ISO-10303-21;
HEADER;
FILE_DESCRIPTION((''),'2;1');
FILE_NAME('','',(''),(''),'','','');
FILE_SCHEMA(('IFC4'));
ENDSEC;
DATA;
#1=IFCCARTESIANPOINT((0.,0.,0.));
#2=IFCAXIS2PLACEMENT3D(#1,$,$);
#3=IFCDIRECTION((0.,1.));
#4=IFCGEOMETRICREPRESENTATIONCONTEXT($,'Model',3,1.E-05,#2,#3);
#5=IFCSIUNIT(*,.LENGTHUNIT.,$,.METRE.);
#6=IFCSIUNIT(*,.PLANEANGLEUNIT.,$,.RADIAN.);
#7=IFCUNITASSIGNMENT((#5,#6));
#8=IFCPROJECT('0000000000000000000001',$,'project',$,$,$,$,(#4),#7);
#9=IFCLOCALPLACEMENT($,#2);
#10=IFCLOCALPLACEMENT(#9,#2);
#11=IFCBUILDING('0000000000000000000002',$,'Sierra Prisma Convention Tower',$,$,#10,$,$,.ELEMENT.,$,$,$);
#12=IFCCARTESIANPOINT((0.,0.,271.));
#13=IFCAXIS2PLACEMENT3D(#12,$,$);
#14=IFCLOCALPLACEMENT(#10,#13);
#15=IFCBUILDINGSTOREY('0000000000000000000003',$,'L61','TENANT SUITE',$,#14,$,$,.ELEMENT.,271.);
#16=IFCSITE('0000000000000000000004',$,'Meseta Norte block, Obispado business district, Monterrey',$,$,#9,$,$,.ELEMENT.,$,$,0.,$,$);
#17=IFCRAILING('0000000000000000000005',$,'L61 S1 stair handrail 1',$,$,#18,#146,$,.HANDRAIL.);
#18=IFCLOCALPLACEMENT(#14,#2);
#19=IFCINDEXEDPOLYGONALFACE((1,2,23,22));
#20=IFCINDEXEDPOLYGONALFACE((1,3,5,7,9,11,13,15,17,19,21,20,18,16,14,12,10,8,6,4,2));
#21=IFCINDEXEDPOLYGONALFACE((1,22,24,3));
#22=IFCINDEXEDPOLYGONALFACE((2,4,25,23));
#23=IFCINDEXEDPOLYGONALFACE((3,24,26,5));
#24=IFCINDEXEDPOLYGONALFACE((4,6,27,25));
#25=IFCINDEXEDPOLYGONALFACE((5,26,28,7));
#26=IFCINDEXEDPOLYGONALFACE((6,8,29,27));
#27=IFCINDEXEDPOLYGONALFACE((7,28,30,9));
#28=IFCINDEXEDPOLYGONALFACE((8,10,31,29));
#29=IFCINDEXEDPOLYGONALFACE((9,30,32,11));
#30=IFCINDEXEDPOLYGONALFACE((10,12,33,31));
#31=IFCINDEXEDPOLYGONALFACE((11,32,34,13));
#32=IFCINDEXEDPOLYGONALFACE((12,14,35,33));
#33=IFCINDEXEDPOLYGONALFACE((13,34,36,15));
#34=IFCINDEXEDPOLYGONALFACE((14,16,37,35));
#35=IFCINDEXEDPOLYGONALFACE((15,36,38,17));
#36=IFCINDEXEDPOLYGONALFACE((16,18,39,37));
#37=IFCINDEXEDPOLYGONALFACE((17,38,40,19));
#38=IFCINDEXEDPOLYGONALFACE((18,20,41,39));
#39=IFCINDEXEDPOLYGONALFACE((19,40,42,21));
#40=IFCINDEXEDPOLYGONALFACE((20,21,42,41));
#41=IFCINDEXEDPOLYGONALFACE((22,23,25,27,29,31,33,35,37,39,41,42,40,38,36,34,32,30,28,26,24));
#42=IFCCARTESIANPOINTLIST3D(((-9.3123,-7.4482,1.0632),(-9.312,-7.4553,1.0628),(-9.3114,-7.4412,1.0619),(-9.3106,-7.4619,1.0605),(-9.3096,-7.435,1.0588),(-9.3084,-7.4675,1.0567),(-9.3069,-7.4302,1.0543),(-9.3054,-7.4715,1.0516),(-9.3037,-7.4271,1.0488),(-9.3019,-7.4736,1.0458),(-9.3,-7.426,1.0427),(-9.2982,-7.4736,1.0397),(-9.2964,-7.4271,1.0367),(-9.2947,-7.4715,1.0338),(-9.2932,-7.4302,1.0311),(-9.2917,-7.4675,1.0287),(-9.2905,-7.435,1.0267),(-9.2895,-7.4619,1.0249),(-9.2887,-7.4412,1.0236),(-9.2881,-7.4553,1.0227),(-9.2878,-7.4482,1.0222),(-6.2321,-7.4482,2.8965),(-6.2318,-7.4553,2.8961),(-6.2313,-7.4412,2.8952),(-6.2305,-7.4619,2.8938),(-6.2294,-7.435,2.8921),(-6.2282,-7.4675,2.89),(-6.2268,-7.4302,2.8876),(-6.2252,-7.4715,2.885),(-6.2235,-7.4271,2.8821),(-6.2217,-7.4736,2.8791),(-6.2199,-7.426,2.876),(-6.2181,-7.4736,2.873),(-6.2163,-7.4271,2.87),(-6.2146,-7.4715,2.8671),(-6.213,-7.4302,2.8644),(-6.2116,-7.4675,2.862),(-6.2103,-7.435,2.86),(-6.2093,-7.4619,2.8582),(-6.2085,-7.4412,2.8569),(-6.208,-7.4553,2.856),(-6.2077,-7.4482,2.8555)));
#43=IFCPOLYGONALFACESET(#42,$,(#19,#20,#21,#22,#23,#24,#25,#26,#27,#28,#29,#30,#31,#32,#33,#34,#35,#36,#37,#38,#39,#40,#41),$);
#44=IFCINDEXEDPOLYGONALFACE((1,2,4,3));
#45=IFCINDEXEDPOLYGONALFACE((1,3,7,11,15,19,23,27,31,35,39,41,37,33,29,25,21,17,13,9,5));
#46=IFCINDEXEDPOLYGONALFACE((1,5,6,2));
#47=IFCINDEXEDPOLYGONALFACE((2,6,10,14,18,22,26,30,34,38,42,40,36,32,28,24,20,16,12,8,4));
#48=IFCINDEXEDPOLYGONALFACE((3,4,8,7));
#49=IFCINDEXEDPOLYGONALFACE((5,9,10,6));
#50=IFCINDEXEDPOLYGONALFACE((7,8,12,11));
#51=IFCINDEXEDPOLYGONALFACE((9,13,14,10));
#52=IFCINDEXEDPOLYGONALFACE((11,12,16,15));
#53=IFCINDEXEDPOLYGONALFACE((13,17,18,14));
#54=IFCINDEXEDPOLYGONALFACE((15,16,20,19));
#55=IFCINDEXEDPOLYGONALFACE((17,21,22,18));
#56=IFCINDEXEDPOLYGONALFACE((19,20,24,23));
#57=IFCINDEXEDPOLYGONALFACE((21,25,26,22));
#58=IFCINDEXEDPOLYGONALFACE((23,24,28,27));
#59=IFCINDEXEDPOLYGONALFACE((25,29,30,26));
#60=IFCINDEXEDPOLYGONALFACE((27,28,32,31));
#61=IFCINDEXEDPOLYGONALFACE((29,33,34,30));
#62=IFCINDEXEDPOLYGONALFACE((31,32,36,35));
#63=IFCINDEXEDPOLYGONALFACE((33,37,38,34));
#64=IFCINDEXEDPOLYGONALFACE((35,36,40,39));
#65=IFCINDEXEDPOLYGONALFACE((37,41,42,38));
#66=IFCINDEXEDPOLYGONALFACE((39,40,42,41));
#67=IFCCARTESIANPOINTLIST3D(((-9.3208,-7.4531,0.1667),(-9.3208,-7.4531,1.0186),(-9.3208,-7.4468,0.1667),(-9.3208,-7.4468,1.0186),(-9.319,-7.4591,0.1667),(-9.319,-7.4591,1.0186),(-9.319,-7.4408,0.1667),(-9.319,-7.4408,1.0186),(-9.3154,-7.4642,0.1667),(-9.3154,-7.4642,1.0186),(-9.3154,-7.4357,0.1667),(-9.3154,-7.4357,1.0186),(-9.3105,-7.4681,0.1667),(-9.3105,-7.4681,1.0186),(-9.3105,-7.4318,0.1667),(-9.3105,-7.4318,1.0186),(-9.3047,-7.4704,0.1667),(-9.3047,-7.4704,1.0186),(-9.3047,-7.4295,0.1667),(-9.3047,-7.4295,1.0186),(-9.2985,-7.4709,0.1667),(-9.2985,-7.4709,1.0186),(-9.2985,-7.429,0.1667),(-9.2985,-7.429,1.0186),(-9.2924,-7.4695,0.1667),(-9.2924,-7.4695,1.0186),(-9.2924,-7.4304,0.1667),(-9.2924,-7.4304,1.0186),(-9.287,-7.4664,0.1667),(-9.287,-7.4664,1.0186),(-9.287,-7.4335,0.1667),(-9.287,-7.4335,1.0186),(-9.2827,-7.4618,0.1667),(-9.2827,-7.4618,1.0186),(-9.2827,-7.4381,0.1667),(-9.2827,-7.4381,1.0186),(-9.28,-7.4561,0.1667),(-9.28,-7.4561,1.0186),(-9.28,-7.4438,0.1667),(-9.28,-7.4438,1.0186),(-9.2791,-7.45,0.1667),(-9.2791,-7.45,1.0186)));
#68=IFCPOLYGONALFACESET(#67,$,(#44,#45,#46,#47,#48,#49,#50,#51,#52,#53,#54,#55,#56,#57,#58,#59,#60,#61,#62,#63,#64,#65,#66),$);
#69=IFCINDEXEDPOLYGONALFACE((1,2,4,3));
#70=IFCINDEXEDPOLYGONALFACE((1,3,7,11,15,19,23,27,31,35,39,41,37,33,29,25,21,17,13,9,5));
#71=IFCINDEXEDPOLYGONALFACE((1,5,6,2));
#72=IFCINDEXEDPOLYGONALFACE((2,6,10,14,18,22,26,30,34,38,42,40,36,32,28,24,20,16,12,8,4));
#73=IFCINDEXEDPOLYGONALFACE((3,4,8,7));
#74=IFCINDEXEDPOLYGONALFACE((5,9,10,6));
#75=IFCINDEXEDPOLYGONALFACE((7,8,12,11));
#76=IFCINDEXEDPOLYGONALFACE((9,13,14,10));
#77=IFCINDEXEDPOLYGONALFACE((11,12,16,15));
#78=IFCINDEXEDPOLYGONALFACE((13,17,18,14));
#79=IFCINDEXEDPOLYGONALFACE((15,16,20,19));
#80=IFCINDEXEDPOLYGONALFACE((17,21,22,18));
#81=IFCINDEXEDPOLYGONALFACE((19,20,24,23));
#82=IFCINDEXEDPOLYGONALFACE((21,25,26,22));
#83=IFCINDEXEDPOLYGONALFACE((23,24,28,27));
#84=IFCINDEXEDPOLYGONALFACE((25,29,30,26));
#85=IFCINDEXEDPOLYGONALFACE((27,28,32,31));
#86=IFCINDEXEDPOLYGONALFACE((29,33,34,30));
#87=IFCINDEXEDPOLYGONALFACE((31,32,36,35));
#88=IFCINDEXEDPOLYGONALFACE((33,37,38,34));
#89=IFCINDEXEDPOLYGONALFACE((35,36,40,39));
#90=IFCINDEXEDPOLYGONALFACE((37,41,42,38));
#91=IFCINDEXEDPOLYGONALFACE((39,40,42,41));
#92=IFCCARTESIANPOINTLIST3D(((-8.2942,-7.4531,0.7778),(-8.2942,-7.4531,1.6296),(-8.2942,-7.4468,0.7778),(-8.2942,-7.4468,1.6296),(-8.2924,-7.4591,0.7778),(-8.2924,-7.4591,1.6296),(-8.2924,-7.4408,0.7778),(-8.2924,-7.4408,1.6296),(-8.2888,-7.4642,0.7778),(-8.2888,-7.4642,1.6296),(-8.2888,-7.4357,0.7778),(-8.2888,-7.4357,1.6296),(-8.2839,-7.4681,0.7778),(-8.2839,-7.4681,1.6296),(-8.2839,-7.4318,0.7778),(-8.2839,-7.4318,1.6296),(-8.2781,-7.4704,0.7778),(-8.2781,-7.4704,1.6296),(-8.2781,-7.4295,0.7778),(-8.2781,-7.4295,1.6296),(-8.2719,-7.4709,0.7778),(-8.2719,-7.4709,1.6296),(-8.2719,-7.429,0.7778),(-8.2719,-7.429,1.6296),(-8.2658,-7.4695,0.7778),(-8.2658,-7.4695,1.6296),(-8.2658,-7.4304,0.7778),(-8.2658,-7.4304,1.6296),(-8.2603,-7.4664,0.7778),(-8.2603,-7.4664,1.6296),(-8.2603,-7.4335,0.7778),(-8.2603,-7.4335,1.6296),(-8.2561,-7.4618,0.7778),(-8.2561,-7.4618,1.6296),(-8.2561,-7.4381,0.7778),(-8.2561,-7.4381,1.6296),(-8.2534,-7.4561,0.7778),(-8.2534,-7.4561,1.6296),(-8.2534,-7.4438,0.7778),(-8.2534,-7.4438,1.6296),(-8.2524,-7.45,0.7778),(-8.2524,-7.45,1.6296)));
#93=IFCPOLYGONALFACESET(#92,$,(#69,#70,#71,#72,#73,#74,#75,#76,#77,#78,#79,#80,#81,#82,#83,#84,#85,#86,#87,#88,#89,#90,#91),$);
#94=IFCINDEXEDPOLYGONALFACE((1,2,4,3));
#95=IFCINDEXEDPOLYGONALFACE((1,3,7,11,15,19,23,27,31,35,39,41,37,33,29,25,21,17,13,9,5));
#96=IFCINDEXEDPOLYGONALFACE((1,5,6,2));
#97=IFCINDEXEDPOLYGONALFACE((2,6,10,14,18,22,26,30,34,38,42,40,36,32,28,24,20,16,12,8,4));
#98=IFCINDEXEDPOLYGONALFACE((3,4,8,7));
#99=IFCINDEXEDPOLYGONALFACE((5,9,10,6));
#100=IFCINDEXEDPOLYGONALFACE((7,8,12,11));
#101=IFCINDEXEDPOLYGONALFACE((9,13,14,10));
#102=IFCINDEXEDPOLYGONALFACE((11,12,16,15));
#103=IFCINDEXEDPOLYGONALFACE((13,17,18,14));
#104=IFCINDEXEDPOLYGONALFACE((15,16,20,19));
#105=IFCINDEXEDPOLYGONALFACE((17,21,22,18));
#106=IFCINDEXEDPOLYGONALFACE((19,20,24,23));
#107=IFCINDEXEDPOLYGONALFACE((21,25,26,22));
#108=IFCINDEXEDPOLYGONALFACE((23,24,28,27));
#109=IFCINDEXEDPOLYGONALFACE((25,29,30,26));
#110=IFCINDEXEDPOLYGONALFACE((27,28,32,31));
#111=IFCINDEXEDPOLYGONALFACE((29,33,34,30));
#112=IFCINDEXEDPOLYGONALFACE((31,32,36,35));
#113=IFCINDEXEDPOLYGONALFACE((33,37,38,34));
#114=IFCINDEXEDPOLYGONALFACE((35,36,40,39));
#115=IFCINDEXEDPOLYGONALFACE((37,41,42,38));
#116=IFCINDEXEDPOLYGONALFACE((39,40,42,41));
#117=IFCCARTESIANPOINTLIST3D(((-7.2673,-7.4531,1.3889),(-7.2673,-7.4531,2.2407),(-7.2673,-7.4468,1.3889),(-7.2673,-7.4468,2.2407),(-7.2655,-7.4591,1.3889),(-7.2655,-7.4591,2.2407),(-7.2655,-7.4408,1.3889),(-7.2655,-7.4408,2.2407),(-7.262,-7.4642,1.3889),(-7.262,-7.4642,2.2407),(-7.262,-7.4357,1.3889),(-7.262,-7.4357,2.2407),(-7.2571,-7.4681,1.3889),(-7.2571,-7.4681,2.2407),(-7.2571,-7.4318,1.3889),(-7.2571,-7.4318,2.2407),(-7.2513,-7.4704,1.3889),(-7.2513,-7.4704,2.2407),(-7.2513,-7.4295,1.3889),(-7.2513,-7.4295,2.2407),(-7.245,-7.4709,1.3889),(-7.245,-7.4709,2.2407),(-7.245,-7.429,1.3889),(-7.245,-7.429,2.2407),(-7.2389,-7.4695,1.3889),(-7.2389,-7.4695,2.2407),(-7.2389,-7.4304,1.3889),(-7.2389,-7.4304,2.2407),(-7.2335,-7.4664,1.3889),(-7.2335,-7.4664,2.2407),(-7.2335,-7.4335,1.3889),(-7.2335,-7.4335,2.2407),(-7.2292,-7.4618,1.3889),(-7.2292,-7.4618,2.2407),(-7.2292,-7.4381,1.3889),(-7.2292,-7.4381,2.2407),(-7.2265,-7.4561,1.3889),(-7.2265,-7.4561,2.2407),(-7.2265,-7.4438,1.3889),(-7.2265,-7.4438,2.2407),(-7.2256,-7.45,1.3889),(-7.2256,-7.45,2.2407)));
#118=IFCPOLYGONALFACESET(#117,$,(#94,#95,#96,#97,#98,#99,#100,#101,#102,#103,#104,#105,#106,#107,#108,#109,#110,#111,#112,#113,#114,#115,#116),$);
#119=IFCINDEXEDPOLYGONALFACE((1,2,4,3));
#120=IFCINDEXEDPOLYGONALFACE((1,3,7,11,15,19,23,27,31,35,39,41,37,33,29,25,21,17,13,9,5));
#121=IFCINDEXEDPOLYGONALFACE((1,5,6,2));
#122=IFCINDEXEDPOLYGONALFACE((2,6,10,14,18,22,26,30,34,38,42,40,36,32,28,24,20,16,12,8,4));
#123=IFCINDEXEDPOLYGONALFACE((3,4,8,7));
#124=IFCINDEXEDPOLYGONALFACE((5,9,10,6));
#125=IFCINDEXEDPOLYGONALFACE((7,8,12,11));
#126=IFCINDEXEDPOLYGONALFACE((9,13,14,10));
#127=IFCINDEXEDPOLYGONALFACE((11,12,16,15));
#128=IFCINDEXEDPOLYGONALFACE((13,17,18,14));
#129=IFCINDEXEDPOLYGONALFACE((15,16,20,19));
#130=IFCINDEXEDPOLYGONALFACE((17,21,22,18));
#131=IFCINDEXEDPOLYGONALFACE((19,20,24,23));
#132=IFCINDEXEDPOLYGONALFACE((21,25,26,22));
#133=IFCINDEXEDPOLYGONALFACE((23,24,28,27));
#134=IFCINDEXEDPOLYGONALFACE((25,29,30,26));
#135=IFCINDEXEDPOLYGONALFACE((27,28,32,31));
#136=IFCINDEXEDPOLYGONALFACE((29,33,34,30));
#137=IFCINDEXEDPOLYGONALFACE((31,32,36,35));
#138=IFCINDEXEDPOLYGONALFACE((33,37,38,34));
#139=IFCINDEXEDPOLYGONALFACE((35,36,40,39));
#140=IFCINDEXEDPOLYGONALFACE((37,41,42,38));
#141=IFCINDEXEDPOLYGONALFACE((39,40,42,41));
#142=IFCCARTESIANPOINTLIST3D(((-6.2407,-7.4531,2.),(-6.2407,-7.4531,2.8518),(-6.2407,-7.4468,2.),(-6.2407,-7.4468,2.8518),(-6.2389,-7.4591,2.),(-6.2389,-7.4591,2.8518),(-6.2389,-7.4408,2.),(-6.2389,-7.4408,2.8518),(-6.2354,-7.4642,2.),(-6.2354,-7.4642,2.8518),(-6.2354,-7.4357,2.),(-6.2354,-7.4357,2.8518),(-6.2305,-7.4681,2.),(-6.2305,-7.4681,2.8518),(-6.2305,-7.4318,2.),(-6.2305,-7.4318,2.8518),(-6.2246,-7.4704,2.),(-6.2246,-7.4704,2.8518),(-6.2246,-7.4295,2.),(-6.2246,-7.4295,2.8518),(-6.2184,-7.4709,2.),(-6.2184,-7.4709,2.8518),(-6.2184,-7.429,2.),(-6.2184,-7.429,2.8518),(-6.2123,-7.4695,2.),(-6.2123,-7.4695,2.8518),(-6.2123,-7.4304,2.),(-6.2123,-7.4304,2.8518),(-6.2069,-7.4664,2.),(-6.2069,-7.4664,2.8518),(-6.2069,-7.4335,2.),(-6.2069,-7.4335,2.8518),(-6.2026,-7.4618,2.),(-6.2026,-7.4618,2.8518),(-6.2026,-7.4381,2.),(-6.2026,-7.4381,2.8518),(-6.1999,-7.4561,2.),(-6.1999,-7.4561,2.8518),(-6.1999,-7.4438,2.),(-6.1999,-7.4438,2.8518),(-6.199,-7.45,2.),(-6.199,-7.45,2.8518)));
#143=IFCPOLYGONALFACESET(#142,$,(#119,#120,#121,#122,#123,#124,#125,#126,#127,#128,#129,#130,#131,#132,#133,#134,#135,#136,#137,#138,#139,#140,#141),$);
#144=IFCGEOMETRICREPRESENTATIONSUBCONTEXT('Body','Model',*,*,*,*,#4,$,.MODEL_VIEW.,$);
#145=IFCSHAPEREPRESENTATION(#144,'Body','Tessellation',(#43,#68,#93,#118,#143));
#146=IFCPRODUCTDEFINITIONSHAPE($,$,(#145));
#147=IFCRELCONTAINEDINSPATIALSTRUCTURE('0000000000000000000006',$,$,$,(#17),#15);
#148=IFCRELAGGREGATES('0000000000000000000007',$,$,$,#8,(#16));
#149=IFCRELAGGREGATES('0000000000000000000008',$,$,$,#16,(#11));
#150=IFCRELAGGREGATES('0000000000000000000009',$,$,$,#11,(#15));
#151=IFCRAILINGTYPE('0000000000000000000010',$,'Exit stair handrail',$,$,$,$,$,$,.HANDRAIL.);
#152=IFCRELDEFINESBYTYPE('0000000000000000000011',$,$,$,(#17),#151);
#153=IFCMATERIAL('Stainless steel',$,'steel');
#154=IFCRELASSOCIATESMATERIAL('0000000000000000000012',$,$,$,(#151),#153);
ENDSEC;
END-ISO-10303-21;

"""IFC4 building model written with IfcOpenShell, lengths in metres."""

from ifc_helpers import new_model, si_unit, direction, frame, origin, origin_2d, place, context, subcontext, project, spatial, circle, extrude, material, type_object, element, save


model = new_model("IFC4")

# Units and contexts
model_context = context("Model", 3, precision=1e-05, world=origin(), true_north=direction((0.0, 1.0)))
body_context = subcontext(model_context, "Body", "Model", "MODEL_VIEW")
ifc_project = project(units=[si_unit("LENGTHUNIT", "METRE"), si_unit("PLANEANGLEUNIT", "RADIAN")], contexts=[model_context])

# Site, building, storey
site_placement = place(None, origin())
site = spatial("IfcSite", under=ifc_project, at=site_placement, Name="Meseta Norte block, Obispado business district, Monterrey", CompositionType="ELEMENT", RefElevation=0.0)
building_placement = place(site_placement, origin())
building = spatial("IfcBuilding", under=site, at=building_placement, Name="Sierra Prisma Convention Tower", CompositionType="ELEMENT")
storey_placement = place(building_placement, frame((0.0, 0.0, 271.0)))
storey = spatial("IfcBuildingStorey", under=building, at=storey_placement, Name="L61", Description="TENANT SUITE", CompositionType="ELEMENT", Elevation=271.0)

# Railing
ifc_material_1 = material(Name="Stainless steel", Category="steel")
railing_type_1 = type_object("IfcRailingType", Name="Exit stair handrail", PredefinedType="HANDRAIL", material=ifc_material_1)
railing_1_placement = place(storey_placement, frame((-9.3, -7.45, 0.1667)))
element("IfcRailing", 1, at=railing_1_placement, inside=storey, type_object=railing_type_1, Name="L61 S1 stair handrail 1", PredefinedType="HANDRAIL", context=body_context, shape_type="SweptSolid", body=[
    extrude(circle(Radius=0.0239, at=origin_2d()), frame((0.0, 0.0, 0.876), z_axis=(0.859309, 0.0, 0.511458), x_axis=(0.0, 1.0, 0.0)), (0.0, 0.0, 1.0), 3.5845),
    extrude(circle(Radius=0.021, at=origin_2d()), origin(), (0.0, 0.0, 1.0), 0.8518),
    extrude(circle(Radius=0.021, at=origin_2d()), frame((1.0266, 0.0, 0.6111)), (0.0, 0.0, 1.0), 0.8518),
    extrude(circle(Radius=0.021, at=origin_2d()), frame((2.0535, 0.0, 1.2222)), (0.0, 0.0, 1.0), 0.8518),
    extrude(circle(Radius=0.021, at=origin_2d()), frame((3.0801, 0.0, 1.8333)), (0.0, 0.0, 1.0), 0.8518),
])

save(model, "model.ifc")
